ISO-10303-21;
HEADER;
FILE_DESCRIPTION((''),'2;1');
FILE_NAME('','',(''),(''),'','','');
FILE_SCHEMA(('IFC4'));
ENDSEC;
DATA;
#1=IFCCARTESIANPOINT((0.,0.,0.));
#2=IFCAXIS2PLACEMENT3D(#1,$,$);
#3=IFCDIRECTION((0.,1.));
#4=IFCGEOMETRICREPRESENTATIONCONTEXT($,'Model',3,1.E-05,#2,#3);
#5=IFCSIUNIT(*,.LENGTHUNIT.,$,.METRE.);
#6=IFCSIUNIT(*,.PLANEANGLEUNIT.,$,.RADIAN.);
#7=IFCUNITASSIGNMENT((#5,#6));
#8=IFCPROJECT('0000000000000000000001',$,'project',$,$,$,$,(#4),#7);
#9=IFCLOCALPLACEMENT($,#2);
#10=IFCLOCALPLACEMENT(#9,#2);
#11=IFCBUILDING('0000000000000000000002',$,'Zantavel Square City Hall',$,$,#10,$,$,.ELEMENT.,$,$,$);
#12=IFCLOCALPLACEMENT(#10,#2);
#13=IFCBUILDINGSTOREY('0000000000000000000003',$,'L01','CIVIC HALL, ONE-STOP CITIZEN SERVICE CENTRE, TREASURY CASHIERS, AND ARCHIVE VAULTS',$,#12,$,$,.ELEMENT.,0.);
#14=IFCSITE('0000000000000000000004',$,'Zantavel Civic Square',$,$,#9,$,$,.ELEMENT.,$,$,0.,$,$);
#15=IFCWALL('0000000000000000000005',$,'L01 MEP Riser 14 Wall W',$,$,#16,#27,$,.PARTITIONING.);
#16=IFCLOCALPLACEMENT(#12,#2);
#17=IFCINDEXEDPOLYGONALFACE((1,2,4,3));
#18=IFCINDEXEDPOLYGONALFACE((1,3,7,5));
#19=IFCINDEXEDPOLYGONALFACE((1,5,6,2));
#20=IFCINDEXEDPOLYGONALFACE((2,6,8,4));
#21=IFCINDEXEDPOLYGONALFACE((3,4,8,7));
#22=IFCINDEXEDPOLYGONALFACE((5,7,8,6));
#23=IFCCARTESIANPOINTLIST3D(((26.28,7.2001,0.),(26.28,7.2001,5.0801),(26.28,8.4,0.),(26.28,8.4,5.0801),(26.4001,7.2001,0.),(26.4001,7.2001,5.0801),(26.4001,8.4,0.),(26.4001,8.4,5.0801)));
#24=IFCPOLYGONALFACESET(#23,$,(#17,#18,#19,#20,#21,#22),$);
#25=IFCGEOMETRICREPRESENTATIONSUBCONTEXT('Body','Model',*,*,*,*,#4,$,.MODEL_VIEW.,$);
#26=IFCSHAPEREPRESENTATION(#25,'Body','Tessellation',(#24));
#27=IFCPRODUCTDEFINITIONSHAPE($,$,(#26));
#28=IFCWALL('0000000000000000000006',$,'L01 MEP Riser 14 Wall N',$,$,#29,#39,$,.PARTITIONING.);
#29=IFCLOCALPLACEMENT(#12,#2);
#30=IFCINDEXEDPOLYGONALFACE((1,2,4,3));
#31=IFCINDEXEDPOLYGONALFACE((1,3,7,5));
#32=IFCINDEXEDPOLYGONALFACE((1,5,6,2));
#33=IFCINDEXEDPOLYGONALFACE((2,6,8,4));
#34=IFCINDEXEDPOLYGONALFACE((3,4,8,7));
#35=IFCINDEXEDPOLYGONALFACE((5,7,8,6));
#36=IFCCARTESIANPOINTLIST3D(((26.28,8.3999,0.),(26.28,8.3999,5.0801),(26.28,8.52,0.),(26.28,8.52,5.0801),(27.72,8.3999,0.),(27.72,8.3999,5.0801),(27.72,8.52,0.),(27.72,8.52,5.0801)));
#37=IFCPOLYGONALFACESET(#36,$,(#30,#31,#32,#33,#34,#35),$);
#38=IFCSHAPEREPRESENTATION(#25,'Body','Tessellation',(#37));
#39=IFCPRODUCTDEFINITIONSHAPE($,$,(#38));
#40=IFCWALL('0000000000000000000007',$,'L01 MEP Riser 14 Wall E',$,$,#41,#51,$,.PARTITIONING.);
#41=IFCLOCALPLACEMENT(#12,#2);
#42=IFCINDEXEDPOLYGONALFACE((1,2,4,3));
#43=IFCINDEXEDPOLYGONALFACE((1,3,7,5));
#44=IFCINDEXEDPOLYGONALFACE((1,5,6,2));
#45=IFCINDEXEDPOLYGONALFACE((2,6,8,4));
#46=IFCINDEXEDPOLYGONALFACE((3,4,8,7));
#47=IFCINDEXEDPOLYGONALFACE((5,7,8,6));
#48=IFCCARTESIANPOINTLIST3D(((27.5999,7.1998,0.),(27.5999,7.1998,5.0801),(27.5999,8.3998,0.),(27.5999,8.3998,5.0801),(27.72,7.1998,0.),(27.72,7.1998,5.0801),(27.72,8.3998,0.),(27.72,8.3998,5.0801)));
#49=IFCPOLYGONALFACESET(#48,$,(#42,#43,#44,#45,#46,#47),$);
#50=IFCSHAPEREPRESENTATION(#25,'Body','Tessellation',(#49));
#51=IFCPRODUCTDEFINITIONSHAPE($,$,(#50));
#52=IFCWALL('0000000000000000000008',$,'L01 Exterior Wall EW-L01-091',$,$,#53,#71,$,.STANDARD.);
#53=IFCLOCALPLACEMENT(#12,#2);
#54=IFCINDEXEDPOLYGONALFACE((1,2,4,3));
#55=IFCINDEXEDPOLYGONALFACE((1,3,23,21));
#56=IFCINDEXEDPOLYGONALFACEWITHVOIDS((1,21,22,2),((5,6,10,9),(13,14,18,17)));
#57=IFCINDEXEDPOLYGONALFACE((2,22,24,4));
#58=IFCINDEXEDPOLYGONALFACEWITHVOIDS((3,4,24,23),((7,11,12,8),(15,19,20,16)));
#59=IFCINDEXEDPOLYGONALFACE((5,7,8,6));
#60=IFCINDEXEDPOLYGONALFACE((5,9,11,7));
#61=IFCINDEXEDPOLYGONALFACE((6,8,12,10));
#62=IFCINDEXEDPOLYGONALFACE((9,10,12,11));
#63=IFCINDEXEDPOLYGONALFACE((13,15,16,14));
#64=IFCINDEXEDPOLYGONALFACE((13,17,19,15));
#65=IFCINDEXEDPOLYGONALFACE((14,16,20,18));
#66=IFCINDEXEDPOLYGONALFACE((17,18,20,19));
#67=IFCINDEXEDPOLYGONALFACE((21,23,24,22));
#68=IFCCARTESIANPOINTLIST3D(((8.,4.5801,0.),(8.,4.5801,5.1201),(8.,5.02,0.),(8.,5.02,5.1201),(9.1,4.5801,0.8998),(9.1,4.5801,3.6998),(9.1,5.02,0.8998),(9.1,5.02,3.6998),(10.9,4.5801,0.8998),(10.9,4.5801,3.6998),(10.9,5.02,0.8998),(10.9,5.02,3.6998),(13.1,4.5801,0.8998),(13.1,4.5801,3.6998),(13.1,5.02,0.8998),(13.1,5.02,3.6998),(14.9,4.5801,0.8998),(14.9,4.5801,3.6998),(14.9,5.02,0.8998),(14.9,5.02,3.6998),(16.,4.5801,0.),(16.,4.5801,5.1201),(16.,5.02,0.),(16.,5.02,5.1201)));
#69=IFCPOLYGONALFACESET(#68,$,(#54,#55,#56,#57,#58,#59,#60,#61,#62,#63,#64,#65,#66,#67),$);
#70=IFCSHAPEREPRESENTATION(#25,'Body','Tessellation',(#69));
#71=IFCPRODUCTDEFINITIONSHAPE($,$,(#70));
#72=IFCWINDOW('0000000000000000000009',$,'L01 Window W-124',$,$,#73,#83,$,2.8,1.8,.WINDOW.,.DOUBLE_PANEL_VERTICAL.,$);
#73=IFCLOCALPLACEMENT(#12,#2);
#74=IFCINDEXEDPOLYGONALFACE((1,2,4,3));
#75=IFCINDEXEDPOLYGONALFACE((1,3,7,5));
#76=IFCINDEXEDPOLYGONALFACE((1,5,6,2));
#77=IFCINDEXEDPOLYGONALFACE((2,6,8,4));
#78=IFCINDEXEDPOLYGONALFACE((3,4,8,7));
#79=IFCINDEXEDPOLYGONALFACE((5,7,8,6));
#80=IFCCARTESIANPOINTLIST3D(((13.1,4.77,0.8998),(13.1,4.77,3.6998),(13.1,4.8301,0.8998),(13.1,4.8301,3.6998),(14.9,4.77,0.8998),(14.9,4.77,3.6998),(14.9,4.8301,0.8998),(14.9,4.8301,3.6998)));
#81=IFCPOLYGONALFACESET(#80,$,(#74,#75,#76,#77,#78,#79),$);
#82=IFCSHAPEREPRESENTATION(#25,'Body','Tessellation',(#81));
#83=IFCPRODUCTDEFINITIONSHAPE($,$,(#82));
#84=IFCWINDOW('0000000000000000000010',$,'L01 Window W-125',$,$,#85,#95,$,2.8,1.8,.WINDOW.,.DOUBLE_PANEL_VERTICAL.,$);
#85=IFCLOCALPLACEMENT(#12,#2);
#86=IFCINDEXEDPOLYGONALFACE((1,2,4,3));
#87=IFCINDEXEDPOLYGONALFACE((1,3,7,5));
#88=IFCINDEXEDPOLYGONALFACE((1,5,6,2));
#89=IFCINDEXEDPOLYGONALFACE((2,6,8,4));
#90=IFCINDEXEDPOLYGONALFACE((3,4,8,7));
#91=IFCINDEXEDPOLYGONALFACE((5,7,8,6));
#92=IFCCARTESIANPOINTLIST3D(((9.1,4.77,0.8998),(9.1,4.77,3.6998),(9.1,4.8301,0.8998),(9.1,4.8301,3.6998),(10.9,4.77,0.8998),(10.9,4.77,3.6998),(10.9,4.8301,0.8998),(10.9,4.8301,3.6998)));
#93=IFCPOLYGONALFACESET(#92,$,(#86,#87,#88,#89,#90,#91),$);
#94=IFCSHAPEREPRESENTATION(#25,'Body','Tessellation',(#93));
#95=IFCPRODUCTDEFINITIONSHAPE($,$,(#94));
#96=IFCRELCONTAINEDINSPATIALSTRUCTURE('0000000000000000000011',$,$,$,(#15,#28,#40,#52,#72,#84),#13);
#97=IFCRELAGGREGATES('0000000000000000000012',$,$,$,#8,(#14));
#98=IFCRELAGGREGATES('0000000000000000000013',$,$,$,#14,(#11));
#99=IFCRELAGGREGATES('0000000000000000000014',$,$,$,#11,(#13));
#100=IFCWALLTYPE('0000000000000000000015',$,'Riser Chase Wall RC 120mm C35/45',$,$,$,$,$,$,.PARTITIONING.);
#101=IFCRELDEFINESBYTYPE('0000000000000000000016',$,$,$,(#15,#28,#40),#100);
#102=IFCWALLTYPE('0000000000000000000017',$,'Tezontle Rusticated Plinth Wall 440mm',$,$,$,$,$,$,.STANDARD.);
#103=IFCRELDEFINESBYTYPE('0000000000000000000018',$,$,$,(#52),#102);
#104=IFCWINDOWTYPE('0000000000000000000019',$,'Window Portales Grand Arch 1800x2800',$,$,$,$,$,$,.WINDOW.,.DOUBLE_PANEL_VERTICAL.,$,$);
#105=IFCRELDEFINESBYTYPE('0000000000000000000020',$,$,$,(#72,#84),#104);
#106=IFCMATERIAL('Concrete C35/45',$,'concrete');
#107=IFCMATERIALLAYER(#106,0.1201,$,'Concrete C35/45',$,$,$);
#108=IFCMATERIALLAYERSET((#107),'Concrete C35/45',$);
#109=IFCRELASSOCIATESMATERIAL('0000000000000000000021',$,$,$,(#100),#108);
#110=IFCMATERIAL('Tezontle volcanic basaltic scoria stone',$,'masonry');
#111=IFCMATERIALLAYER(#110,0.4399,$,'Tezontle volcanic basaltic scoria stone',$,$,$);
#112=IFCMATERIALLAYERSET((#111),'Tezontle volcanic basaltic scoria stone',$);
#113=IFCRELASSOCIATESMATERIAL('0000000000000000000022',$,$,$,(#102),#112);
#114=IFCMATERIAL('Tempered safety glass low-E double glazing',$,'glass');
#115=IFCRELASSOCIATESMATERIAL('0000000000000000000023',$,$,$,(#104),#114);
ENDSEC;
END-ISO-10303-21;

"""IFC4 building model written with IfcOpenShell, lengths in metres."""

from ifc_helpers import new_model, si_unit, direction, frame, frame_2d, origin, place, context, subcontext, project, spatial, rectangle, extrude, material, layer, layer_set, type_object, element, fill, save


model = new_model("IFC4")

# Units and contexts
model_context = context("Model", 3, precision=1e-05, world=origin(), true_north=direction((0.0, 1.0)))
body_context = subcontext(model_context, "Body", "Model", "MODEL_VIEW")
ifc_project = project(units=[si_unit("LENGTHUNIT", "METRE"), si_unit("PLANEANGLEUNIT", "RADIAN")], contexts=[model_context])

# Site, building, storey
site_placement = place(None, origin())
site = spatial("IfcSite", under=ifc_project, at=site_placement, Name="Zantavel Civic Square", CompositionType="ELEMENT", RefElevation=0.0)
building_placement = place(site_placement, origin())
building = spatial("IfcBuilding", under=site, at=building_placement, Name="Zantavel Square City Hall", CompositionType="ELEMENT")
storey_placement = place(building_placement, origin())
storey = spatial("IfcBuildingStorey", under=building, at=storey_placement, Name="L01", Description="CIVIC HALL, ONE-STOP CITIZEN SERVICE CENTRE, TREASURY CASHIERS, AND ARCHIVE VAULTS", CompositionType="ELEMENT", Elevation=0.0)

# Walls
ifc_material_1 = material(Name="Concrete C35/45", Category="concrete")
ifc_layer_1 = layer(ifc_material_1, 0.1201, Name="Concrete C35/45")
ifc_layer_set_1 = layer_set([ifc_layer_1], Name="Concrete C35/45")
wall_type_1 = type_object("IfcWallType", Name="Riser Chase Wall RC 120mm C35/45", PredefinedType="PARTITIONING", material=ifc_layer_set_1)
wall_1_placement = place(storey_placement, frame((26.3401, 7.2, 0.0), z_axis=(0.0, 0.0, 1.0), x_axis=(0.0, 1.0, 0.0)))
element("IfcWall", 1, at=wall_1_placement, inside=storey, type_object=wall_type_1, Name="L01 MEP Riser 14 Wall W", PredefinedType="PARTITIONING", context=body_context, shape_type="SweptSolid", body=[
    extrude(rectangle(XDim=1.2, YDim=0.1201, at=frame_2d((0.6001, 0.0))), origin(), (0.0, 0.0, 1.0), 5.0801),
])
wall_2_placement = place(storey_placement, frame((26.28, 8.46, 0.0), z_axis=(0.0, 0.0, 1.0), x_axis=(1.0, 0.0, 0.0)))
element("IfcWall", 2, at=wall_2_placement, inside=storey, type_object=wall_type_1, Name="L01 MEP Riser 14 Wall N", PredefinedType="PARTITIONING", context=body_context, shape_type="SweptSolid", body=[
    extrude(rectangle(XDim=1.4399, YDim=0.1201, at=frame_2d((0.72, 0.0))), origin(), (0.0, 0.0, 1.0), 5.0801),
])
wall_3_placement = place(storey_placement, frame((27.6599, 8.3999, 0.0), z_axis=(0.0, 0.0, 1.0), x_axis=(0.0, -1.0, 0.0)))
element("IfcWall", 3, at=wall_3_placement, inside=storey, type_object=wall_type_1, Name="L01 MEP Riser 14 Wall E", PredefinedType="PARTITIONING", context=body_context, shape_type="SweptSolid", body=[
    extrude(rectangle(XDim=1.2, YDim=0.1201, at=frame_2d((0.6001, 0.0))), origin(), (0.0, 0.0, 1.0), 5.0801),
])

# Shared definitions
ifc_material_2 = material(Name="Tezontle volcanic basaltic scoria stone", Category="masonry")
ifc_layer_2 = layer(ifc_material_2, 0.4399, Name="Tezontle volcanic basaltic scoria stone")
ifc_layer_set_2 = layer_set([ifc_layer_2], Name="Tezontle volcanic basaltic scoria stone")
wall_type_2 = type_object("IfcWallType", Name="Tezontle Rusticated Plinth Wall 440mm", PredefinedType="STANDARD", material=ifc_layer_set_2)

# Wall, openings, windows
wall_4_placement = place(storey_placement, frame((16.0, 4.8, 0.0), z_axis=(0.0, 0.0, 1.0), x_axis=(-1.0, 0.0, 0.0)))
wall_4 = element("IfcWall", 4, at=wall_4_placement, inside=storey, type_object=wall_type_2, Name="L01 Exterior Wall EW-L01-091", PredefinedType="STANDARD", context=body_context, shape_type="SweptSolid", body=[
    extrude(rectangle(XDim=8.0, YDim=0.4399, at=frame_2d((4.0, 0.0))), origin(), (0.0, 0.0, 1.0), 5.1201),
])
opening_1_placement = place(wall_4_placement, frame((1.1001, 0.0, 0.8999)))
opening_1 = element("IfcOpeningElement", 5, at=opening_1_placement, cuts=wall_4, PredefinedType="OPENING", context=body_context, shape_type="SweptSolid", body=[
    extrude(rectangle(XDim=1.8, YDim=2.8, at=frame_2d((0.8999, 1.3999))), frame((0.0, 0.23, 0.0), z_axis=(0.0, -1.0, 0.0), x_axis=(1.0, 0.0, 0.0)), (0.0, 0.0, 1.0), 0.46),
])
opening_2_placement = place(wall_4_placement, frame((5.1001, 0.0, 0.8999)))
opening_2 = element("IfcOpeningElement", 6, at=opening_2_placement, cuts=wall_4, PredefinedType="OPENING", context=body_context, shape_type="SweptSolid", body=[
    extrude(rectangle(XDim=1.8, YDim=2.8, at=frame_2d((0.8999, 1.3999))), frame((0.0, 0.23, 0.0), z_axis=(0.0, -1.0, 0.0), x_axis=(1.0, 0.0, 0.0)), (0.0, 0.0, 1.0), 0.46),
])
ifc_material_3 = material(Name="Tempered safety glass low-E double glazing", Category="glass")
window_type = type_object("IfcWindowType", Name="Window Portales Grand Arch 1800x2800", PartitioningType="DOUBLE_PANEL_VERTICAL", PredefinedType="WINDOW", material=ifc_material_3)
window_1_placement = place(opening_1_placement, origin())
window_1 = element("IfcWindow", 7, at=window_1_placement, inside=storey, type_object=window_type, Name="L01 Window W-124", OverallHeight=2.8, OverallWidth=1.8, PartitioningType="DOUBLE_PANEL_VERTICAL", PredefinedType="WINDOW", context=body_context, shape_type="SweptSolid", body=[
    extrude(rectangle(XDim=1.8, YDim=2.8, at=frame_2d((0.8999, 1.3999))), frame((0.0, 0.03, 0.0), z_axis=(0.0, -1.0, 0.0), x_axis=(1.0, 0.0, 0.0)), (0.0, 0.0, 1.0), 0.0601),
])
fill(opening_1, window_1)
window_2_placement = place(opening_2_placement, origin())
window_2 = element("IfcWindow", 8, at=window_2_placement, inside=storey, type_object=window_type, Name="L01 Window W-125", OverallHeight=2.8, OverallWidth=1.8, PartitioningType="DOUBLE_PANEL_VERTICAL", PredefinedType="WINDOW", context=body_context, shape_type="SweptSolid", body=[
    extrude(rectangle(XDim=1.8, YDim=2.8, at=frame_2d((0.8999, 1.3999))), frame((0.0, 0.03, 0.0), z_axis=(0.0, -1.0, 0.0), x_axis=(1.0, 0.0, 0.0)), (0.0, 0.0, 1.0), 0.0601),
])
fill(opening_2, window_2)

save(model, "model.ifc")
